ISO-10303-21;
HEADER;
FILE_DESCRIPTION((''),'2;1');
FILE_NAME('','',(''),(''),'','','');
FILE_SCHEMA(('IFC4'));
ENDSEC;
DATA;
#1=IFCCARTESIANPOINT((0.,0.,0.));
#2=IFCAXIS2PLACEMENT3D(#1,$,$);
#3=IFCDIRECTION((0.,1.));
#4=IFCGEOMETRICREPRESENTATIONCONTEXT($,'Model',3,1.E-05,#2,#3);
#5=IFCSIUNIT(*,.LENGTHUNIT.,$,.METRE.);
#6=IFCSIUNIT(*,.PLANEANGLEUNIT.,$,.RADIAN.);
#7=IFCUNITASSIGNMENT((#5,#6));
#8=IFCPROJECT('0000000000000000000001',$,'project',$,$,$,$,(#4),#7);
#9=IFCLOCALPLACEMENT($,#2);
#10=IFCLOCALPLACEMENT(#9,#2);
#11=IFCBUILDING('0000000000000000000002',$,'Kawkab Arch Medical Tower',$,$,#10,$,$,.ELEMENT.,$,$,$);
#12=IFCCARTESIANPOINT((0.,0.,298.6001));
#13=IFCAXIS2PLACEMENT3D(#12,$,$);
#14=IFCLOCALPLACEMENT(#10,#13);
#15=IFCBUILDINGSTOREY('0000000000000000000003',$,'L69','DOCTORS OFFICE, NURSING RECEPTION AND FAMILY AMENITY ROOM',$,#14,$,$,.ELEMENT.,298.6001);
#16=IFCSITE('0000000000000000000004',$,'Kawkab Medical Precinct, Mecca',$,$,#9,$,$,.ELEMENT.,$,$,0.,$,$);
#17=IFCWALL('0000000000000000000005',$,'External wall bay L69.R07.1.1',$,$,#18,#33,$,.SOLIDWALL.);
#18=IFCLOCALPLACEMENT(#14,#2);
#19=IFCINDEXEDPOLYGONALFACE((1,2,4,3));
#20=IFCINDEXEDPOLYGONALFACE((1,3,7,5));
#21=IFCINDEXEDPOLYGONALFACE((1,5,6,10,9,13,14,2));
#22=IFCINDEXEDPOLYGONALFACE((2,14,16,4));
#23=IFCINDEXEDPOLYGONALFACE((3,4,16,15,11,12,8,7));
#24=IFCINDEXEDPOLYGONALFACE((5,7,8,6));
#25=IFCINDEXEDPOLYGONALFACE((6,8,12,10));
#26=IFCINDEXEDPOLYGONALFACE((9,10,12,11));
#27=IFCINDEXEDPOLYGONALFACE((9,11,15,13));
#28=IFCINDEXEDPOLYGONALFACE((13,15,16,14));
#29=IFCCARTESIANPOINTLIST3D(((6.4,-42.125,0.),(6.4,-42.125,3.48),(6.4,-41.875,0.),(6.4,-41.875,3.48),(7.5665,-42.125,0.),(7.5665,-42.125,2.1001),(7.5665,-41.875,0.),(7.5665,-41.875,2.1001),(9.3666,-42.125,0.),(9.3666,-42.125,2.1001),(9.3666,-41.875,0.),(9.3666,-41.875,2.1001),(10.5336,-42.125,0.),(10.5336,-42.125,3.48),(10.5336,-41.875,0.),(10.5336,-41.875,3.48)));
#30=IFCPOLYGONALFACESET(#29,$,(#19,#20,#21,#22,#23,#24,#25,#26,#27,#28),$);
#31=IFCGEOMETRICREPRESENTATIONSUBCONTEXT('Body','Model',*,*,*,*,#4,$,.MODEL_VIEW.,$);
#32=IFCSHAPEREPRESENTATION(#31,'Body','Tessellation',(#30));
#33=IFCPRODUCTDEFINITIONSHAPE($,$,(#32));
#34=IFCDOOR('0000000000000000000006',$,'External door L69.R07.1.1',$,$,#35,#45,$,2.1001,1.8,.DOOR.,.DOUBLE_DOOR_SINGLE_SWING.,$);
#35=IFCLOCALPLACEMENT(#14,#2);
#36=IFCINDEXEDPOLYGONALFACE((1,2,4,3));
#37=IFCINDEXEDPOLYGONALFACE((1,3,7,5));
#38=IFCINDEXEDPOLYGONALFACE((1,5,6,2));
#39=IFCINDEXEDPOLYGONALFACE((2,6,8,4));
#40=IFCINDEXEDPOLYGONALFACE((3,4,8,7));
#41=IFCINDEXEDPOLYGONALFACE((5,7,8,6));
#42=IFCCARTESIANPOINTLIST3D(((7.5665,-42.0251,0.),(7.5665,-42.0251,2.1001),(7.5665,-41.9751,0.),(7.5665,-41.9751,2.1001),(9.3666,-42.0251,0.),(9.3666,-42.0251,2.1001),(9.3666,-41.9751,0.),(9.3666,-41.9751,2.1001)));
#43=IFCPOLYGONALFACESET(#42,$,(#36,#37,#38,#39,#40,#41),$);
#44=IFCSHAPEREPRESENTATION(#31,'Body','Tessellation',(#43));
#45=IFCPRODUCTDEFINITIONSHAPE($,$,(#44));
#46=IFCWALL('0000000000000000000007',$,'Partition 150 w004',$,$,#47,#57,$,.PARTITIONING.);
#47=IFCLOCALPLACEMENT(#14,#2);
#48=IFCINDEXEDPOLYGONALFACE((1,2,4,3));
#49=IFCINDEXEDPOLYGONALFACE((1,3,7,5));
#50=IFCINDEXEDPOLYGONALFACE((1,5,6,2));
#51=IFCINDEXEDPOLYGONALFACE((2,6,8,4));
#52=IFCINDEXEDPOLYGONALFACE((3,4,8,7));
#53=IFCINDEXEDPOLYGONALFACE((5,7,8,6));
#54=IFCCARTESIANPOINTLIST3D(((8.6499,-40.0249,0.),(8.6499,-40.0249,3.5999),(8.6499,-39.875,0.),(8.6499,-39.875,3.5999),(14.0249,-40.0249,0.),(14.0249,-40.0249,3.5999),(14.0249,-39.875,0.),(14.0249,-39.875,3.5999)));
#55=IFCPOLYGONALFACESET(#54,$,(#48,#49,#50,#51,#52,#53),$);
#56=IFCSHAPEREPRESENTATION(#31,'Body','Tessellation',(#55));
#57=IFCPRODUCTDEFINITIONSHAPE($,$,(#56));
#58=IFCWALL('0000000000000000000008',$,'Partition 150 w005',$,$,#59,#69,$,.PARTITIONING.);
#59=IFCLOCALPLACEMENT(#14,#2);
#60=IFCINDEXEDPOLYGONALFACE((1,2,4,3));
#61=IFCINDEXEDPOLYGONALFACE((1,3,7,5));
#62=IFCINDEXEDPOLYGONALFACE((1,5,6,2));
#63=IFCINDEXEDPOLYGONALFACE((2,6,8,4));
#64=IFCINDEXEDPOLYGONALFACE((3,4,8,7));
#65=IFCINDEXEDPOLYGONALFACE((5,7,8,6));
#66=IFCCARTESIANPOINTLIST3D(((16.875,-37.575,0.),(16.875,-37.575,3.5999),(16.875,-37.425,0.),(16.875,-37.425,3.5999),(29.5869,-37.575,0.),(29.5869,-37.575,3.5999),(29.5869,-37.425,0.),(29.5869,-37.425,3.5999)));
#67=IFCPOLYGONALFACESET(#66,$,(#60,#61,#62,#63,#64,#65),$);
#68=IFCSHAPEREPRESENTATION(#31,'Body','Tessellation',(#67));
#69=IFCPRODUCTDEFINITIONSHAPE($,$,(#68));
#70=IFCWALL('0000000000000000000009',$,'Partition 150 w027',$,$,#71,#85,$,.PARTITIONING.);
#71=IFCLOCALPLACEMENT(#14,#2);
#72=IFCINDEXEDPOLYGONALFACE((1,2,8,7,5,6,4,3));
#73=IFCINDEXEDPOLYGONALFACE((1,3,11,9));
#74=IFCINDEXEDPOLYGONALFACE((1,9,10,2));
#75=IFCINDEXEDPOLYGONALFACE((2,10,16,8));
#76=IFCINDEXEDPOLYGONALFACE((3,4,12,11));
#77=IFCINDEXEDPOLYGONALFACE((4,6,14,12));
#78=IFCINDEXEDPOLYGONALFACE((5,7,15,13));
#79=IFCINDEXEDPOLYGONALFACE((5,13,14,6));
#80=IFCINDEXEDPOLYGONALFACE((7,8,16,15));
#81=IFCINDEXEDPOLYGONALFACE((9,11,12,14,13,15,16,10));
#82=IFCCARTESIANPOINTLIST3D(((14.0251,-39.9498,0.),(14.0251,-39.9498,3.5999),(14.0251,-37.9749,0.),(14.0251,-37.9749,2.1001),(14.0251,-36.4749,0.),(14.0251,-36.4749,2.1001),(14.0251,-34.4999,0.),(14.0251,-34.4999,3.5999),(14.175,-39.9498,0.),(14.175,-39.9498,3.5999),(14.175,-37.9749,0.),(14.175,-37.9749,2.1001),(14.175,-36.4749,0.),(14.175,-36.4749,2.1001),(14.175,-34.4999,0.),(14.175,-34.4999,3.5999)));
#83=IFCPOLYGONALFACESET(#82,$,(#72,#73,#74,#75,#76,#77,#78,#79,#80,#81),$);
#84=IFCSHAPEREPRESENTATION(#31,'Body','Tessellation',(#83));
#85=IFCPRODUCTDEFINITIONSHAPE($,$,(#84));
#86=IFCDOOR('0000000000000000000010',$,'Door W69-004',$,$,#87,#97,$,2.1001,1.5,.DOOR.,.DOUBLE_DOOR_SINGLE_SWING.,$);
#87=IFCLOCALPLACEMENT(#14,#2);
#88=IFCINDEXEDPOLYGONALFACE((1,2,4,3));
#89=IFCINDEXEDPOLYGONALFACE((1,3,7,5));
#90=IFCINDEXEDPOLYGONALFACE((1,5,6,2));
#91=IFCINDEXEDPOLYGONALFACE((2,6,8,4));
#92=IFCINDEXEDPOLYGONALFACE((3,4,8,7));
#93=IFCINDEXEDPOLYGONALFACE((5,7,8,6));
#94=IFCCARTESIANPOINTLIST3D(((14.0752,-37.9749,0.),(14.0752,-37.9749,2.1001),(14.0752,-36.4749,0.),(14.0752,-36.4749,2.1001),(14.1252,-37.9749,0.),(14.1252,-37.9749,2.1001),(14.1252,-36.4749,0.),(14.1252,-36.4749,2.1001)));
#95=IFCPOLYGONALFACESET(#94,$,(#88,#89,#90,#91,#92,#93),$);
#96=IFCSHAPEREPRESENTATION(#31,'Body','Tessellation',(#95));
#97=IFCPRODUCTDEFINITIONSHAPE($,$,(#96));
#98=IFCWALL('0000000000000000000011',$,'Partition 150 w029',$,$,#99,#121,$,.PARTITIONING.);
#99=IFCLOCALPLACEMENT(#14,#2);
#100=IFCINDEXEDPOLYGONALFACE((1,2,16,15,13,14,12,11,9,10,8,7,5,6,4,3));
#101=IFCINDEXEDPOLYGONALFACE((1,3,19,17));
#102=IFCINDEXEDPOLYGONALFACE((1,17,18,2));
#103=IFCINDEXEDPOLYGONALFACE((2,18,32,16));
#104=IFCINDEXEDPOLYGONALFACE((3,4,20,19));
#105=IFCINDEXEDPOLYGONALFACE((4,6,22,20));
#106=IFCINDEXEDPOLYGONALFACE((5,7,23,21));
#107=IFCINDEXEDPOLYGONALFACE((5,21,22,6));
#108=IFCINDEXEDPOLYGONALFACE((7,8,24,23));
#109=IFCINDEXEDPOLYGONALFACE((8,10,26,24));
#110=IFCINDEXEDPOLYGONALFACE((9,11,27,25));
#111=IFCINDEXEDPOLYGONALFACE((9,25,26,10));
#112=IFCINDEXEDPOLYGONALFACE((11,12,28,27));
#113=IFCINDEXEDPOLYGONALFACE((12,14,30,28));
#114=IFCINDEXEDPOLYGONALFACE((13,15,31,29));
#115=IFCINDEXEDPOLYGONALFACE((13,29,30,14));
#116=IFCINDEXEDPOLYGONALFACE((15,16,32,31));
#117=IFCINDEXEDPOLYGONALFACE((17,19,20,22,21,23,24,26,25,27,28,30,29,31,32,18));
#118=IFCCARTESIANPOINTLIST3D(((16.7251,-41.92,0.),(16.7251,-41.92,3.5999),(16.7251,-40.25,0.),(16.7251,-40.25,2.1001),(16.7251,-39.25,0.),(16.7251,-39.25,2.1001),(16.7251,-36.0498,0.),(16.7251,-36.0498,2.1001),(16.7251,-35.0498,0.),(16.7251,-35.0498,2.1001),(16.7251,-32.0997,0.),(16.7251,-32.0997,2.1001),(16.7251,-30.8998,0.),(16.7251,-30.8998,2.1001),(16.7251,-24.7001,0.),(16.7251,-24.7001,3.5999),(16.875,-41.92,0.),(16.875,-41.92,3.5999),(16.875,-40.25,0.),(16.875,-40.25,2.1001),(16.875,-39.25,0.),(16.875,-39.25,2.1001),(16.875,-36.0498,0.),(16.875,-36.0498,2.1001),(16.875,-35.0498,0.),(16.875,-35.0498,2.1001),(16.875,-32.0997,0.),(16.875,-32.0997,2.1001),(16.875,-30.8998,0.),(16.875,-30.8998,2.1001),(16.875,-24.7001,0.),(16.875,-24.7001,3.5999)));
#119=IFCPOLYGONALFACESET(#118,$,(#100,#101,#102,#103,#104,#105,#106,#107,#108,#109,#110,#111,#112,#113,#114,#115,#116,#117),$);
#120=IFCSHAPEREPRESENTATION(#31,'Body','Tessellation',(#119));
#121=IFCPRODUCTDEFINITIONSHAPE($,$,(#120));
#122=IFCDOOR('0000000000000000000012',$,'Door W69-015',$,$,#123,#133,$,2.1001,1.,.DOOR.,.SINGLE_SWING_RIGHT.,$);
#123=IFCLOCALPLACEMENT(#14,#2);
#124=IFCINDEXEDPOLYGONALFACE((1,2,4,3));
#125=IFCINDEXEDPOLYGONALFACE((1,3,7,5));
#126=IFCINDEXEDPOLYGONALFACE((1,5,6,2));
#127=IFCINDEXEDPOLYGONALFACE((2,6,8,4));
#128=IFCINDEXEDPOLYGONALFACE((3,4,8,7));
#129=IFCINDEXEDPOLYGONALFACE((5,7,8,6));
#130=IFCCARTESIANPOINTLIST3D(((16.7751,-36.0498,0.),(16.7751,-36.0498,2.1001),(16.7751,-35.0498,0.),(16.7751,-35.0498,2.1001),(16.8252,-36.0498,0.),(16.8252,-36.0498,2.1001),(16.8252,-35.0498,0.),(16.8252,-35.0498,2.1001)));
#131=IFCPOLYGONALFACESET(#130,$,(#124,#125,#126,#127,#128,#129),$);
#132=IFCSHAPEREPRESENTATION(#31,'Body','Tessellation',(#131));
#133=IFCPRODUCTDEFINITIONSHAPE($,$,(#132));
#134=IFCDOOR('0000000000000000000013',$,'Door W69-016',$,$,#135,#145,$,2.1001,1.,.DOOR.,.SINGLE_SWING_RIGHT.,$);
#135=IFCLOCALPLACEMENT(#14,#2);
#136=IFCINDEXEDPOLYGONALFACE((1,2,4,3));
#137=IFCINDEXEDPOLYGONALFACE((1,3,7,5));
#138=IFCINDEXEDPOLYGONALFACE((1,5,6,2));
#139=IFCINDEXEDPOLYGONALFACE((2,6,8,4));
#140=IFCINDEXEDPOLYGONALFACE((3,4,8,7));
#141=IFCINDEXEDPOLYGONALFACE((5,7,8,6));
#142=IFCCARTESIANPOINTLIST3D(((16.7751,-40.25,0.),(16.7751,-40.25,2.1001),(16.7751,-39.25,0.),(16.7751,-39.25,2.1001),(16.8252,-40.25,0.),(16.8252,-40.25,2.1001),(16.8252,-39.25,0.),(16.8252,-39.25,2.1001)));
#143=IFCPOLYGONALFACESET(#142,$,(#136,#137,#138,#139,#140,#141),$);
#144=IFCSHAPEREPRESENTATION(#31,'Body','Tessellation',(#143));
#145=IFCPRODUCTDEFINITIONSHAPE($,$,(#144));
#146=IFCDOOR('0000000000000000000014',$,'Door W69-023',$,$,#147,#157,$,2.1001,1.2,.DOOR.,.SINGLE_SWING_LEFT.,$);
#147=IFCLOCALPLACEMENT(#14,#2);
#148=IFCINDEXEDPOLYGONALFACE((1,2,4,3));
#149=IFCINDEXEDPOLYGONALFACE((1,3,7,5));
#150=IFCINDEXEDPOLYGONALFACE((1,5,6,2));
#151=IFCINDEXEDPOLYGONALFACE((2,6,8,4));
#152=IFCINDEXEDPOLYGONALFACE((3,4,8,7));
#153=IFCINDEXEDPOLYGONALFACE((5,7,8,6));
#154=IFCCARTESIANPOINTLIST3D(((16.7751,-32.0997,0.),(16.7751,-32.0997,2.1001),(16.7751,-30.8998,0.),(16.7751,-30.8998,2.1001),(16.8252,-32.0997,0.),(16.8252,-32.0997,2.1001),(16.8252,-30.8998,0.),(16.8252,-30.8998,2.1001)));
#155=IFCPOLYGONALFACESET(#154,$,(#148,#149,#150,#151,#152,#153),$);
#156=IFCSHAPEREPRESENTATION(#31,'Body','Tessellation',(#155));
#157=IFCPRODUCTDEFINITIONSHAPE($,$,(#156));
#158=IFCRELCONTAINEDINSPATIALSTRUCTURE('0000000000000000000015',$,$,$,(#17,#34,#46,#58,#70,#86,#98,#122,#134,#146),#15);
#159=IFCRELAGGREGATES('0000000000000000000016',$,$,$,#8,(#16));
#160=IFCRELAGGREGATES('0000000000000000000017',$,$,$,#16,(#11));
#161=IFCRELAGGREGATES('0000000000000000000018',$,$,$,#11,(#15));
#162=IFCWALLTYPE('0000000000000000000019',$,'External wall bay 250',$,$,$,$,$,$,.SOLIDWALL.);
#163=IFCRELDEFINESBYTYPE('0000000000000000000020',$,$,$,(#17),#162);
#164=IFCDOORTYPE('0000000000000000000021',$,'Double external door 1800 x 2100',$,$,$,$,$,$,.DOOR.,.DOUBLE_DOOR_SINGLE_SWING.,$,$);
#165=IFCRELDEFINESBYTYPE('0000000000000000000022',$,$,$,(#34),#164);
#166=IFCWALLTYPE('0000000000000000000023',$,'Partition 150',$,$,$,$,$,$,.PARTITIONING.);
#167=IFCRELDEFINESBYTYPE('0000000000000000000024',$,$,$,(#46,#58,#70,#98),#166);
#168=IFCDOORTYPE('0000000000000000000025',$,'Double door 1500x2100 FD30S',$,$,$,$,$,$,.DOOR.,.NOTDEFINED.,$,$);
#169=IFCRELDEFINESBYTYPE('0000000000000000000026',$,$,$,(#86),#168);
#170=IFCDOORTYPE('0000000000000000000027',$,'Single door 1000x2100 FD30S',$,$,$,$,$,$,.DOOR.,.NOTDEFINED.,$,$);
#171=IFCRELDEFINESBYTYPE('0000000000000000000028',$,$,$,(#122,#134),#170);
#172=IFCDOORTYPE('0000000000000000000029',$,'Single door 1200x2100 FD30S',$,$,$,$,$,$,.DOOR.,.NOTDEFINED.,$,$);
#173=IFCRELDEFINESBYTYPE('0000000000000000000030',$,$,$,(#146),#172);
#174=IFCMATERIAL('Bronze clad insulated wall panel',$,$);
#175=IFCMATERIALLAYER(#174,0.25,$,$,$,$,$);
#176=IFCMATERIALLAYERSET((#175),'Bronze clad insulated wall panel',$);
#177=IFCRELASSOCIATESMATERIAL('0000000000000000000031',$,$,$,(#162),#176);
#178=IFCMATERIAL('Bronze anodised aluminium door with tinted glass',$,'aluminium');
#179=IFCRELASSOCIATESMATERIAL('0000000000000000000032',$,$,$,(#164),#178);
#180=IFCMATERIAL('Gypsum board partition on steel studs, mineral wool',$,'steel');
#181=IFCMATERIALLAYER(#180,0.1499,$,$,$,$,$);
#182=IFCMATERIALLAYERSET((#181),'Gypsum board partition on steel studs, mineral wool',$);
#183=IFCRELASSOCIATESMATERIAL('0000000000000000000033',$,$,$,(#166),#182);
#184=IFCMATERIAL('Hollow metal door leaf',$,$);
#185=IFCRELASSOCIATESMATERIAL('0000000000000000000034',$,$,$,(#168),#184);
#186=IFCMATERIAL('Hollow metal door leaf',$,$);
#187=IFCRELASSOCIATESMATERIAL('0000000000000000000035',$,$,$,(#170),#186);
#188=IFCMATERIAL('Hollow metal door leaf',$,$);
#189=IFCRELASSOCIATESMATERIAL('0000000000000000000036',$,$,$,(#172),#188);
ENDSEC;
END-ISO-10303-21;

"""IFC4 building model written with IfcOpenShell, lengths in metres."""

from ifc_helpers import new_model, si_unit, direction, frame, frame_2d, origin, place, context, subcontext, project, spatial, rectangle, extrude, material, layer, layer_set, type_object, element, fill, save


model = new_model("IFC4")

# Units and contexts
model_context = context("Model", 3, precision=1e-05, world=origin(), true_north=direction((0.0, 1.0)))
body_context = subcontext(model_context, "Body", "Model", "MODEL_VIEW")
ifc_project = project(units=[si_unit("LENGTHUNIT", "METRE"), si_unit("PLANEANGLEUNIT", "RADIAN")], contexts=[model_context])

# Site, building, storey
site_placement = place(None, origin())
site = spatial("IfcSite", under=ifc_project, at=site_placement, Name="Kawkab Medical Precinct, Mecca", CompositionType="ELEMENT", RefElevation=0.0)
building_placement = place(site_placement, origin())
building = spatial("IfcBuilding", under=site, at=building_placement, Name="Kawkab Arch Medical Tower", CompositionType="ELEMENT")
storey_placement = place(building_placement, frame((0.0, 0.0, 298.6001)))
storey = spatial("IfcBuildingStorey", under=building, at=storey_placement, Name="L69", Description="DOCTORS OFFICE, NURSING RECEPTION AND FAMILY AMENITY ROOM", CompositionType="ELEMENT", Elevation=298.6001)

# Wall, opening, door
ifc_material_1 = material(Name="Bronze clad insulated wall panel")
ifc_layer_1 = layer(ifc_material_1, 0.25)
ifc_layer_set_1 = layer_set([ifc_layer_1], Name="Bronze clad insulated wall panel")
wall_type_1 = type_object("IfcWallType", Name="External wall bay 250", PredefinedType="SOLIDWALL", material=ifc_layer_set_1)
wall_1_placement = place(storey_placement, frame((6.3999, -42.0, 0.0), z_axis=(0.0, 0.0, 1.0), x_axis=(1.0, 0.0, 0.0)))
wall_1 = element("IfcWall", 1, at=wall_1_placement, inside=storey, type_object=wall_type_1, Name="External wall bay L69.R07.1.1", PredefinedType="SOLIDWALL", context=body_context, shape_type="SweptSolid", body=[
    extrude(rectangle(XDim=4.1335, YDim=0.25, at=frame_2d((2.0669, 0.0))), origin(), (0.0, 0.0, 1.0), 3.48),
])
opening_1_placement = place(wall_1_placement, frame((1.1667, 0.0, 0.0)))
opening_1 = element("IfcOpeningElement", 2, at=opening_1_placement, cuts=wall_1, PredefinedType="OPENING", context=body_context, shape_type="SweptSolid", body=[
    extrude(rectangle(XDim=1.8, YDim=2.1001, at=frame_2d((0.8999, 1.05))), frame((0.0, 0.135, 0.0), z_axis=(0.0, -1.0, 0.0), x_axis=(1.0, 0.0, 0.0)), (0.0, 0.0, 1.0), 0.27),
])
ifc_material_2 = material(Name="Bronze anodised aluminium door with tinted glass", Category="aluminium")
door_type_1 = type_object("IfcDoorType", Name="Double external door 1800 x 2100", OperationType="DOUBLE_DOOR_SINGLE_SWING", PredefinedType="DOOR", material=ifc_material_2)
door_1_placement = place(opening_1_placement, origin())
door_1 = element("IfcDoor", 3, at=door_1_placement, inside=storey, type_object=door_type_1, Name="External door L69.R07.1.1", OperationType="DOUBLE_DOOR_SINGLE_SWING", OverallHeight=2.1001, OverallWidth=1.8, PredefinedType="DOOR", context=body_context, shape_type="SweptSolid", body=[
    extrude(rectangle(XDim=1.8, YDim=2.1001, at=frame_2d((0.8999, 1.05))), frame((0.0, 0.0249, 0.0), z_axis=(0.0, -1.0, 0.0), x_axis=(1.0, 0.0, 0.0)), (0.0, 0.0, 1.0), 0.05),
])
fill(opening_1, door_1)

# Walls
ifc_material_3 = material(Name="Gypsum board partition on steel studs, mineral wool", Category="steel")
ifc_layer_2 = layer(ifc_material_3, 0.1499)
ifc_layer_set_2 = layer_set([ifc_layer_2], Name="Gypsum board partition on steel studs, mineral wool")
wall_type_2 = type_object("IfcWallType", Name="Partition 150", PredefinedType="PARTITIONING", material=ifc_layer_set_2)
wall_2_placement = place(storey_placement, frame((8.6499, -39.95, 0.0), z_axis=(0.0, 0.0, 1.0), x_axis=(1.0, 0.0, 0.0)))
element("IfcWall", 4, at=wall_2_placement, inside=storey, type_object=wall_type_2, Name="Partition 150 w004", PredefinedType="PARTITIONING", context=body_context, shape_type="SweptSolid", body=[
    extrude(rectangle(XDim=5.375, YDim=0.1499, at=frame_2d((2.6875, 0.0))), origin(), (0.0, 0.0, 1.0), 3.5999),
])
wall_3_placement = place(storey_placement, frame((16.875, -37.5, 0.0), z_axis=(0.0, 0.0, 1.0), x_axis=(1.0, 0.0, 0.0)))
element("IfcWall", 5, at=wall_3_placement, inside=storey, type_object=wall_type_2, Name="Partition 150 w005", PredefinedType="PARTITIONING", context=body_context, shape_type="SweptSolid", body=[
    extrude(rectangle(XDim=12.7119, YDim=0.1499, at=frame_2d((6.356, 0.0))), origin(), (0.0, 0.0, 1.0), 3.5999),
])

# Wall, opening, door
wall_4_placement = place(storey_placement, frame((14.1001, -39.95, 0.0), z_axis=(0.0, 0.0, 1.0), x_axis=(0.0, 1.0, 0.0)))
wall_4 = element("IfcWall", 6, at=wall_4_placement, inside=storey, type_object=wall_type_2, Name="Partition 150 w027", PredefinedType="PARTITIONING", context=body_context, shape_type="SweptSolid", body=[
    extrude(rectangle(XDim=5.45, YDim=0.1499, at=frame_2d((2.7251, 0.0))), origin(), (0.0, 0.0, 1.0), 3.5999),
])
opening_2_placement = place(wall_4_placement, frame((1.9751, 0.0, 0.0)))
opening_2 = element("IfcOpeningElement", 7, at=opening_2_placement, cuts=wall_4, PredefinedType="OPENING", context=body_context, shape_type="SweptSolid", body=[
    extrude(rectangle(XDim=1.5, YDim=2.1001, at=frame_2d((0.75, 1.05))), frame((0.0, 0.085, 0.0), z_axis=(0.0, -1.0, 0.0), x_axis=(1.0, 0.0, 0.0)), (0.0, 0.0, 1.0), 0.1699),
])
ifc_material_4 = material(Name="Hollow metal door leaf")
door_type_2 = type_object("IfcDoorType", Name="Double door 1500x2100 FD30S", OperationType="NOTDEFINED", PredefinedType="DOOR", material=ifc_material_4)
door_2_placement = place(opening_2_placement, origin())
door_2 = element("IfcDoor", 8, at=door_2_placement, inside=storey, type_object=door_type_2, Name="Door W69-004", OperationType="DOUBLE_DOOR_SINGLE_SWING", OverallHeight=2.1001, OverallWidth=1.5, PredefinedType="DOOR", context=body_context, shape_type="SweptSolid", body=[
    extrude(rectangle(XDim=1.5, YDim=2.1001, at=frame_2d((0.75, 1.05))), frame((0.0, 0.0249, 0.0), z_axis=(0.0, -1.0, 0.0), x_axis=(1.0, 0.0, 0.0)), (0.0, 0.0, 1.0), 0.05),
])
fill(opening_2, door_2)

# Wall, openings, doors
wall_5_placement = place(storey_placement, frame((16.8, -41.9199, 0.0), z_axis=(0.0, 0.0, 1.0), x_axis=(0.0, 1.0, 0.0)))
wall_5 = element("IfcWall", 9, at=wall_5_placement, inside=storey, type_object=wall_type_2, Name="Partition 150 w029", PredefinedType="PARTITIONING", context=body_context, shape_type="SweptSolid", body=[
    extrude(rectangle(XDim=17.22, YDim=0.1499, at=frame_2d((8.6099, 0.0))), origin(), (0.0, 0.0, 1.0), 3.5999),
])
opening_3_placement = place(wall_5_placement, frame((9.8201, 0.0, 0.0)))
opening_3 = element("IfcOpeningElement", 10, at=opening_3_placement, cuts=wall_5, PredefinedType="OPENING", context=body_context, shape_type="SweptSolid", body=[
    extrude(rectangle(XDim=1.2, YDim=2.1001, at=frame_2d((0.6001, 1.05))), frame((0.0, 0.085, 0.0), z_axis=(0.0, -1.0, 0.0), x_axis=(1.0, 0.0, 0.0)), (0.0, 0.0, 1.0), 0.1699),
])
opening_4_placement = place(wall_5_placement, frame((5.8701, 0.0, 0.0)))
opening_4 = element("IfcOpeningElement", 11, at=opening_4_placement, cuts=wall_5, PredefinedType="OPENING", context=body_context, shape_type="SweptSolid", body=[
    extrude(rectangle(XDim=1.0, YDim=2.1001, at=frame_2d((0.5, 1.05))), frame((0.0, 0.085, 0.0), z_axis=(0.0, -1.0, 0.0), x_axis=(1.0, 0.0, 0.0)), (0.0, 0.0, 1.0), 0.1699),
])
opening_5_placement = place(wall_5_placement, frame((1.6699, 0.0, 0.0)))
opening_5 = element("IfcOpeningElement", 12, at=opening_5_placement, cuts=wall_5, PredefinedType="OPENING", context=body_context, shape_type="SweptSolid", body=[
    extrude(rectangle(XDim=1.0, YDim=2.1001, at=frame_2d((0.5, 1.05))), frame((0.0, 0.085, 0.0), z_axis=(0.0, -1.0, 0.0), x_axis=(1.0, 0.0, 0.0)), (0.0, 0.0, 1.0), 0.1699),
])
ifc_material_5 = material(Name="Hollow metal door leaf")
door_type_3 = type_object("IfcDoorType", Name="Single door 1000x2100 FD30S", OperationType="NOTDEFINED", PredefinedType="DOOR", material=ifc_material_5)
door_3_placement = place(opening_4_placement, origin())
door_3 = element("IfcDoor", 13, at=door_3_placement, inside=storey, type_object=door_type_3, Name="Door W69-015", OperationType="SINGLE_SWING_RIGHT", OverallHeight=2.1001, OverallWidth=1.0, PredefinedType="DOOR", context=body_context, shape_type="SweptSolid", body=[
    extrude(rectangle(XDim=1.0, YDim=2.1001, at=frame_2d((0.5, 1.05))), frame((0.0, 0.0249, 0.0), z_axis=(0.0, -1.0, 0.0), x_axis=(1.0, 0.0, 0.0)), (0.0, 0.0, 1.0), 0.05),
])
fill(opening_4, door_3)
door_4_placement = place(opening_5_placement, origin())
door_4 = element("IfcDoor", 14, at=door_4_placement, inside=storey, type_object=door_type_3, Name="Door W69-016", OperationType="SINGLE_SWING_RIGHT", OverallHeight=2.1001, OverallWidth=1.0, PredefinedType="DOOR", context=body_context, shape_type="SweptSolid", body=[
    extrude(rectangle(XDim=1.0, YDim=2.1001, at=frame_2d((0.5, 1.05))), frame((0.0, 0.0249, 0.0), z_axis=(0.0, -1.0, 0.0), x_axis=(1.0, 0.0, 0.0)), (0.0, 0.0, 1.0), 0.05),
])
fill(opening_5, door_4)
ifc_material_6 = material(Name="Hollow metal door leaf")
door_type_4 = type_object("IfcDoorType", Name="Single door 1200x2100 FD30S", OperationType="NOTDEFINED", PredefinedType="DOOR", material=ifc_material_6)
door_5_placement = place(opening_3_placement, origin())
door_5 = element("IfcDoor", 15, at=door_5_placement, inside=storey, type_object=door_type_4, Name="Door W69-023", OperationType="SINGLE_SWING_LEFT", OverallHeight=2.1001, OverallWidth=1.2, PredefinedType="DOOR", context=body_context, shape_type="SweptSolid", body=[
    extrude(rectangle(XDim=1.2, YDim=2.1001, at=frame_2d((0.6001, 1.05))), frame((0.0, 0.0249, 0.0), z_axis=(0.0, -1.0, 0.0), x_axis=(1.0, 0.0, 0.0)), (0.0, 0.0, 1.0), 0.05),
])
fill(opening_3, door_5)

save(model, "model.ifc")
